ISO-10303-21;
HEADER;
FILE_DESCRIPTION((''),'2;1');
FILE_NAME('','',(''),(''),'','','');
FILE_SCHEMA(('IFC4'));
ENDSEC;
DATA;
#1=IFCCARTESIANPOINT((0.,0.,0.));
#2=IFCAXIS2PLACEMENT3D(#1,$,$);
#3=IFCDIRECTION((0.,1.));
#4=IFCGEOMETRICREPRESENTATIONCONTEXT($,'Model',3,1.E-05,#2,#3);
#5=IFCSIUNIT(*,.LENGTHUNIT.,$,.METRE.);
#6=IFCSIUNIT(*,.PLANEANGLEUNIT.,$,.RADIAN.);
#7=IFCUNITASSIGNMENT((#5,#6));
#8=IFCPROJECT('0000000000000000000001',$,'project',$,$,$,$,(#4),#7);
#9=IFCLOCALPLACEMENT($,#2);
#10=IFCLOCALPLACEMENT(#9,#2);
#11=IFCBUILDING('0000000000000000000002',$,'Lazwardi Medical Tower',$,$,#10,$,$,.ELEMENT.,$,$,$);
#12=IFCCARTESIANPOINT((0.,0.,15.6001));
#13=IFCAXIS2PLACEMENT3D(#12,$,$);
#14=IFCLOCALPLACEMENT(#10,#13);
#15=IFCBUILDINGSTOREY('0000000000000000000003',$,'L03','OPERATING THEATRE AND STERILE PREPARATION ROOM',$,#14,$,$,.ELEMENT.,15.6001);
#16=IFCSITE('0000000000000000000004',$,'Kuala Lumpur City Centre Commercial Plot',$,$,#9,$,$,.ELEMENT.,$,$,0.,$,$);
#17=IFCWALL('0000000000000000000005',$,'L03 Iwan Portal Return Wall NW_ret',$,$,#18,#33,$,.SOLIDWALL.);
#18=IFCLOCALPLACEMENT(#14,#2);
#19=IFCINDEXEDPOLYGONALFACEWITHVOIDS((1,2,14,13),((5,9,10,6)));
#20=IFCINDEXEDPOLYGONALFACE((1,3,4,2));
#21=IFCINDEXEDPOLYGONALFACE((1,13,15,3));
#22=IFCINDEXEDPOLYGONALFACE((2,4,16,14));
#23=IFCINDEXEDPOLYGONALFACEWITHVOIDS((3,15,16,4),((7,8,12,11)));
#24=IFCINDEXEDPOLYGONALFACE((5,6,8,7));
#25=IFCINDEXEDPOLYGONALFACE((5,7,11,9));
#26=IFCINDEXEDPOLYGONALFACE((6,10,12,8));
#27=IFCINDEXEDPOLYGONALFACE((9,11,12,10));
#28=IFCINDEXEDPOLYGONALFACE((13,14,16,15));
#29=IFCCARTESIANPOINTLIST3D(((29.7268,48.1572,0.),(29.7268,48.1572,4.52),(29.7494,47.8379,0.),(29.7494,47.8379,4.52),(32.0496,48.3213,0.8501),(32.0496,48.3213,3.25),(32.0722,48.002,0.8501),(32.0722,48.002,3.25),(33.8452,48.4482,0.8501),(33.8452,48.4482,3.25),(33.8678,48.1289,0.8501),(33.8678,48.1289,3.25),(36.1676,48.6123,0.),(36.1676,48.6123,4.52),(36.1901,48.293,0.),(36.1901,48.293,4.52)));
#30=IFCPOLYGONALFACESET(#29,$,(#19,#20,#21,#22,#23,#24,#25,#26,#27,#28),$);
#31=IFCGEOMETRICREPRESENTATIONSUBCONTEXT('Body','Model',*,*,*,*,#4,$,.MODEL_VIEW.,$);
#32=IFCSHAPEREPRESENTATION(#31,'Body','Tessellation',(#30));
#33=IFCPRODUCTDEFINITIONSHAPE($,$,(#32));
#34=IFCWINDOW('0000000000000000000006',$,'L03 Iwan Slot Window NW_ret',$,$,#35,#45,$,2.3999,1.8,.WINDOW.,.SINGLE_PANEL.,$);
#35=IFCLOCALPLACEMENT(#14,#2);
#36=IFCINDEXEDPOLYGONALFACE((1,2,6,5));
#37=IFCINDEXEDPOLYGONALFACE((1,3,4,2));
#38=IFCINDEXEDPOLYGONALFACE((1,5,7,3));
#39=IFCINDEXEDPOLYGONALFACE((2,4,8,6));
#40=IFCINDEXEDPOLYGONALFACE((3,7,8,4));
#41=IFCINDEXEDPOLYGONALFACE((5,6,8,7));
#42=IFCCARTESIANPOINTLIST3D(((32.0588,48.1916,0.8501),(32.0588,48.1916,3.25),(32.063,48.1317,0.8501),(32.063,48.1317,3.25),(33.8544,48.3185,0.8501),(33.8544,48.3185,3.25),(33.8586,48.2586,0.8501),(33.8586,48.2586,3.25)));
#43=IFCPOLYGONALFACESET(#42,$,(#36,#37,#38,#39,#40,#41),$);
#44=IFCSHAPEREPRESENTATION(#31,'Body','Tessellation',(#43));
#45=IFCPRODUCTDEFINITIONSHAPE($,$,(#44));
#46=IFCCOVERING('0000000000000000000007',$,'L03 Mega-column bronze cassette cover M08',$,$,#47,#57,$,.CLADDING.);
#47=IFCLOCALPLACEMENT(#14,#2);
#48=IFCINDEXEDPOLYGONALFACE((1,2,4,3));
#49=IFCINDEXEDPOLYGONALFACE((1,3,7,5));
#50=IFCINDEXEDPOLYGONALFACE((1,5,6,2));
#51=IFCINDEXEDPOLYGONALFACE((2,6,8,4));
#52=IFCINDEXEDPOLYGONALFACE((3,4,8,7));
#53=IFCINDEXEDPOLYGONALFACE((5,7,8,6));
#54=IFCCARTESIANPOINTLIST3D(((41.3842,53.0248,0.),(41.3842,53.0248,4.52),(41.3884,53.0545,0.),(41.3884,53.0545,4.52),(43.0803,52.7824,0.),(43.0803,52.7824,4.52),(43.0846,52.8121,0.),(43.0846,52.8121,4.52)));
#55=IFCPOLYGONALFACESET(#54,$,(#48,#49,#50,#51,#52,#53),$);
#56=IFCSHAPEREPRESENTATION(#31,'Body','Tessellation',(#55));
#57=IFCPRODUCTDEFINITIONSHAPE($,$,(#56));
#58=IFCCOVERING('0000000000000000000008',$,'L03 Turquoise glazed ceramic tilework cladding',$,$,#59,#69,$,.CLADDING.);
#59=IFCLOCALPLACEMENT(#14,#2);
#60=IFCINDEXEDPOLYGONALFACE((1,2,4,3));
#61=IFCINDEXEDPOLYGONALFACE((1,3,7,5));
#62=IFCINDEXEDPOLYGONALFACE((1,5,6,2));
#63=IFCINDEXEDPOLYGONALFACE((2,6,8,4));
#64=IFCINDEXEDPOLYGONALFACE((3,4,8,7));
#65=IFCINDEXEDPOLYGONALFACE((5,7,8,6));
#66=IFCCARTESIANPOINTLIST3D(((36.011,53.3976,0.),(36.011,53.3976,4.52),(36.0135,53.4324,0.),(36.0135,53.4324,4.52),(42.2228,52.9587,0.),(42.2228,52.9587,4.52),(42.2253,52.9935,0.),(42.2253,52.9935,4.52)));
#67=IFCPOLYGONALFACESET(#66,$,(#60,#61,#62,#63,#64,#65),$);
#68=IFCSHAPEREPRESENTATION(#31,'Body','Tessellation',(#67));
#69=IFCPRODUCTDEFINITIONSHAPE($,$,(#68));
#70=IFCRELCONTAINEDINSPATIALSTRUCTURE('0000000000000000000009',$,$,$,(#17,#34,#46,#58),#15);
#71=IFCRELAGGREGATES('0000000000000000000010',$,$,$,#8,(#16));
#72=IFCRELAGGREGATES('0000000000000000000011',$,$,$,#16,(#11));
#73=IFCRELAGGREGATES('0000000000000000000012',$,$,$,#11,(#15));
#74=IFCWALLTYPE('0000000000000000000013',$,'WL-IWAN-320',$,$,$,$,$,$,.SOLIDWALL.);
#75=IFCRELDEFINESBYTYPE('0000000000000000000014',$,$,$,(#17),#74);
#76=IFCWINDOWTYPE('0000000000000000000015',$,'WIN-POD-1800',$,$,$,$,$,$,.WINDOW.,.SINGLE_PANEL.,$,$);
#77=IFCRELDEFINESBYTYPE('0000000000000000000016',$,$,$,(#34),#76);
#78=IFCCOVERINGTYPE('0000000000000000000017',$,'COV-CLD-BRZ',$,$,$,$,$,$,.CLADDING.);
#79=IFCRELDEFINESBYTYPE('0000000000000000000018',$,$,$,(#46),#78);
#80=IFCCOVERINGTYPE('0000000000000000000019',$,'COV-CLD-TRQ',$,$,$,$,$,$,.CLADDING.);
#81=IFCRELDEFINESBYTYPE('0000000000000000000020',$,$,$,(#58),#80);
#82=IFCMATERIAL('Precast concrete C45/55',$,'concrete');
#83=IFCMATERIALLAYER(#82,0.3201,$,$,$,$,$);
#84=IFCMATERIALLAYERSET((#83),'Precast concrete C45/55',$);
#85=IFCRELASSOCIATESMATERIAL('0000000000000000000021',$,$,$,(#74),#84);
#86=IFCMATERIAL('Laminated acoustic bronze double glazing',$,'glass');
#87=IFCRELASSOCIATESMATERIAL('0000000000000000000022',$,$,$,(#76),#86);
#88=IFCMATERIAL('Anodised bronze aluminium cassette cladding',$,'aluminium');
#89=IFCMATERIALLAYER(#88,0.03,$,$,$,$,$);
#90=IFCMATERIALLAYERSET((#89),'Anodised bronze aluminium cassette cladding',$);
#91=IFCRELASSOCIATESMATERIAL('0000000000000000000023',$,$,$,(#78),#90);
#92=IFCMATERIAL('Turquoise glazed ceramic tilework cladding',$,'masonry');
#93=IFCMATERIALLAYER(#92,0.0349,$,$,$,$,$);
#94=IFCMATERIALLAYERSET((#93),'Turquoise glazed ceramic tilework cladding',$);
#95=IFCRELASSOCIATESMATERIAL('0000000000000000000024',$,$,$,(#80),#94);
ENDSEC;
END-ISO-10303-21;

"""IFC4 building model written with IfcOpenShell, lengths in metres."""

from ifc_helpers import new_model, si_unit, direction, frame, frame_2d, origin, origin_2d, place, context, subcontext, project, spatial, rectangle, extrude, material, layer, layer_set, type_object, element, fill, save


model = new_model("IFC4")

# Units and contexts
model_context = context("Model", 3, precision=1e-05, world=origin(), true_north=direction((0.0, 1.0)))
body_context = subcontext(model_context, "Body", "Model", "MODEL_VIEW")
ifc_project = project(units=[si_unit("LENGTHUNIT", "METRE"), si_unit("PLANEANGLEUNIT", "RADIAN")], contexts=[model_context])

# Site, building, storey
site_placement = place(None, origin())
site = spatial("IfcSite", under=ifc_project, at=site_placement, Name="Kuala Lumpur City Centre Commercial Plot", CompositionType="ELEMENT", RefElevation=0.0)
building_placement = place(site_placement, origin())
building = spatial("IfcBuilding", under=site, at=building_placement, Name="Lazwardi Medical Tower", CompositionType="ELEMENT")
storey_placement = place(building_placement, frame((0.0, 0.0, 15.6001)))
storey = spatial("IfcBuildingStorey", under=building, at=storey_placement, Name="L03", Description="OPERATING THEATRE AND STERILE PREPARATION ROOM", CompositionType="ELEMENT", Elevation=15.6001)

# Shared definitions
ifc_material_1 = material(Name="Laminated acoustic bronze double glazing", Category="glass")

# Wall, opening, window
ifc_material_2 = material(Name="Precast concrete C45/55", Category="concrete")
ifc_layer_1 = layer(ifc_material_2, 0.3201)
ifc_layer_set_1 = layer_set([ifc_layer_1], Name="Precast concrete C45/55")
wall_type = type_object("IfcWallType", Name="WL-IWAN-320", PredefinedType="SOLIDWALL", material=ifc_layer_set_1)
window_type = type_object("IfcWindowType", Name="WIN-POD-1800", PartitioningType="SINGLE_PANEL", PredefinedType="WINDOW", material=ifc_material_1)
wall_1_placement = place(storey_placement, frame((36.179, 48.4526, 0.0), z_axis=(0.0, 0.0, 1.0), x_axis=(-0.997513, -0.070481, 0.0)))
wall_1 = element("IfcWall", 1, at=wall_1_placement, inside=storey, type_object=wall_type, Name="L03 Iwan Portal Return Wall NW_ret", PredefinedType="SOLIDWALL", context=body_context, shape_type="SweptSolid", body=[
    extrude(rectangle(XDim=6.4568, YDim=0.3201, at=frame_2d((3.2285, 0.0))), origin(), (0.0, 0.0, 1.0), 4.52),
])
opening_1_placement = place(wall_1_placement, frame((2.3284, 0.0, 0.8501)))
opening_1 = element("IfcOpeningElement", 2, at=opening_1_placement, cuts=wall_1, PredefinedType="OPENING", context=body_context, shape_type="SweptSolid", body=[
    extrude(rectangle(XDim=1.8, YDim=2.3999, at=frame_2d((0.8999, 1.2))), frame((0.0, 0.1699, 0.0), z_axis=(0.0, -1.0, 0.0), x_axis=(1.0, 0.0, 0.0)), (0.0, 0.0, 1.0), 0.3401),
])
window_1_placement = place(opening_1_placement, origin())
window_1 = element("IfcWindow", 3, at=window_1_placement, inside=storey, type_object=window_type, Name="L03 Iwan Slot Window NW_ret", OverallHeight=2.3999, OverallWidth=1.8, PartitioningType="SINGLE_PANEL", PredefinedType="WINDOW", context=body_context, shape_type="SweptSolid", body=[
    extrude(rectangle(XDim=1.8, YDim=2.3999, at=frame_2d((0.8999, 1.2))), frame((0.0, 0.03, 0.0), z_axis=(0.0, -1.0, 0.0), x_axis=(1.0, 0.0, 0.0)), (0.0, 0.0, 1.0), 0.0601),
])
fill(opening_1, window_1)

# Coverings
ifc_material_3 = material(Name="Anodised bronze aluminium cassette cladding", Category="aluminium")
ifc_layer_2 = layer(ifc_material_3, 0.03)
ifc_layer_set_2 = layer_set([ifc_layer_2], Name="Anodised bronze aluminium cassette cladding")
covering_type_1 = type_object("IfcCoveringType", Name="COV-CLD-BRZ", PredefinedType="CLADDING", material=ifc_layer_set_2)
covering_1_placement = place(storey_placement, frame((42.2344, 52.9185, 0.0), z_axis=(0.0, 0.0, 1.0), x_axis=(-0.989943, 0.14147, 0.0)))
element("IfcCovering", 4, at=covering_1_placement, inside=storey, type_object=covering_type_1, Name="L03 Mega-column bronze cassette cover M08", PredefinedType="CLADDING", context=body_context, shape_type="SweptSolid", body=[
    extrude(rectangle(XDim=1.7134, YDim=0.03, at=origin_2d()), origin(), (0.0, 0.0, 1.0), 4.52),
])
ifc_material_4 = material(Name="Turquoise glazed ceramic tilework cladding", Category="masonry")
ifc_layer_3 = layer(ifc_material_4, 0.0349)
ifc_layer_set_3 = layer_set([ifc_layer_3], Name="Turquoise glazed ceramic tilework cladding")
covering_type_2 = type_object("IfcCoveringType", Name="COV-CLD-TRQ", PredefinedType="CLADDING", material=ifc_layer_set_3)
covering_2_placement = place(storey_placement, frame((39.1182, 53.1956, 0.0), z_axis=(0.0, 0.0, 1.0), x_axis=(-0.997513, 0.070481, 0.0)))
element("IfcCovering", 5, at=covering_2_placement, inside=storey, type_object=covering_type_2, Name="L03 Turquoise glazed ceramic tilework cladding", PredefinedType="CLADDING", context=body_context, shape_type="SweptSolid", body=[
    extrude(rectangle(XDim=6.2273, YDim=0.0349, at=origin_2d()), origin(), (0.0, 0.0, 1.0), 4.52),
])

save(model, "model.ifc")
